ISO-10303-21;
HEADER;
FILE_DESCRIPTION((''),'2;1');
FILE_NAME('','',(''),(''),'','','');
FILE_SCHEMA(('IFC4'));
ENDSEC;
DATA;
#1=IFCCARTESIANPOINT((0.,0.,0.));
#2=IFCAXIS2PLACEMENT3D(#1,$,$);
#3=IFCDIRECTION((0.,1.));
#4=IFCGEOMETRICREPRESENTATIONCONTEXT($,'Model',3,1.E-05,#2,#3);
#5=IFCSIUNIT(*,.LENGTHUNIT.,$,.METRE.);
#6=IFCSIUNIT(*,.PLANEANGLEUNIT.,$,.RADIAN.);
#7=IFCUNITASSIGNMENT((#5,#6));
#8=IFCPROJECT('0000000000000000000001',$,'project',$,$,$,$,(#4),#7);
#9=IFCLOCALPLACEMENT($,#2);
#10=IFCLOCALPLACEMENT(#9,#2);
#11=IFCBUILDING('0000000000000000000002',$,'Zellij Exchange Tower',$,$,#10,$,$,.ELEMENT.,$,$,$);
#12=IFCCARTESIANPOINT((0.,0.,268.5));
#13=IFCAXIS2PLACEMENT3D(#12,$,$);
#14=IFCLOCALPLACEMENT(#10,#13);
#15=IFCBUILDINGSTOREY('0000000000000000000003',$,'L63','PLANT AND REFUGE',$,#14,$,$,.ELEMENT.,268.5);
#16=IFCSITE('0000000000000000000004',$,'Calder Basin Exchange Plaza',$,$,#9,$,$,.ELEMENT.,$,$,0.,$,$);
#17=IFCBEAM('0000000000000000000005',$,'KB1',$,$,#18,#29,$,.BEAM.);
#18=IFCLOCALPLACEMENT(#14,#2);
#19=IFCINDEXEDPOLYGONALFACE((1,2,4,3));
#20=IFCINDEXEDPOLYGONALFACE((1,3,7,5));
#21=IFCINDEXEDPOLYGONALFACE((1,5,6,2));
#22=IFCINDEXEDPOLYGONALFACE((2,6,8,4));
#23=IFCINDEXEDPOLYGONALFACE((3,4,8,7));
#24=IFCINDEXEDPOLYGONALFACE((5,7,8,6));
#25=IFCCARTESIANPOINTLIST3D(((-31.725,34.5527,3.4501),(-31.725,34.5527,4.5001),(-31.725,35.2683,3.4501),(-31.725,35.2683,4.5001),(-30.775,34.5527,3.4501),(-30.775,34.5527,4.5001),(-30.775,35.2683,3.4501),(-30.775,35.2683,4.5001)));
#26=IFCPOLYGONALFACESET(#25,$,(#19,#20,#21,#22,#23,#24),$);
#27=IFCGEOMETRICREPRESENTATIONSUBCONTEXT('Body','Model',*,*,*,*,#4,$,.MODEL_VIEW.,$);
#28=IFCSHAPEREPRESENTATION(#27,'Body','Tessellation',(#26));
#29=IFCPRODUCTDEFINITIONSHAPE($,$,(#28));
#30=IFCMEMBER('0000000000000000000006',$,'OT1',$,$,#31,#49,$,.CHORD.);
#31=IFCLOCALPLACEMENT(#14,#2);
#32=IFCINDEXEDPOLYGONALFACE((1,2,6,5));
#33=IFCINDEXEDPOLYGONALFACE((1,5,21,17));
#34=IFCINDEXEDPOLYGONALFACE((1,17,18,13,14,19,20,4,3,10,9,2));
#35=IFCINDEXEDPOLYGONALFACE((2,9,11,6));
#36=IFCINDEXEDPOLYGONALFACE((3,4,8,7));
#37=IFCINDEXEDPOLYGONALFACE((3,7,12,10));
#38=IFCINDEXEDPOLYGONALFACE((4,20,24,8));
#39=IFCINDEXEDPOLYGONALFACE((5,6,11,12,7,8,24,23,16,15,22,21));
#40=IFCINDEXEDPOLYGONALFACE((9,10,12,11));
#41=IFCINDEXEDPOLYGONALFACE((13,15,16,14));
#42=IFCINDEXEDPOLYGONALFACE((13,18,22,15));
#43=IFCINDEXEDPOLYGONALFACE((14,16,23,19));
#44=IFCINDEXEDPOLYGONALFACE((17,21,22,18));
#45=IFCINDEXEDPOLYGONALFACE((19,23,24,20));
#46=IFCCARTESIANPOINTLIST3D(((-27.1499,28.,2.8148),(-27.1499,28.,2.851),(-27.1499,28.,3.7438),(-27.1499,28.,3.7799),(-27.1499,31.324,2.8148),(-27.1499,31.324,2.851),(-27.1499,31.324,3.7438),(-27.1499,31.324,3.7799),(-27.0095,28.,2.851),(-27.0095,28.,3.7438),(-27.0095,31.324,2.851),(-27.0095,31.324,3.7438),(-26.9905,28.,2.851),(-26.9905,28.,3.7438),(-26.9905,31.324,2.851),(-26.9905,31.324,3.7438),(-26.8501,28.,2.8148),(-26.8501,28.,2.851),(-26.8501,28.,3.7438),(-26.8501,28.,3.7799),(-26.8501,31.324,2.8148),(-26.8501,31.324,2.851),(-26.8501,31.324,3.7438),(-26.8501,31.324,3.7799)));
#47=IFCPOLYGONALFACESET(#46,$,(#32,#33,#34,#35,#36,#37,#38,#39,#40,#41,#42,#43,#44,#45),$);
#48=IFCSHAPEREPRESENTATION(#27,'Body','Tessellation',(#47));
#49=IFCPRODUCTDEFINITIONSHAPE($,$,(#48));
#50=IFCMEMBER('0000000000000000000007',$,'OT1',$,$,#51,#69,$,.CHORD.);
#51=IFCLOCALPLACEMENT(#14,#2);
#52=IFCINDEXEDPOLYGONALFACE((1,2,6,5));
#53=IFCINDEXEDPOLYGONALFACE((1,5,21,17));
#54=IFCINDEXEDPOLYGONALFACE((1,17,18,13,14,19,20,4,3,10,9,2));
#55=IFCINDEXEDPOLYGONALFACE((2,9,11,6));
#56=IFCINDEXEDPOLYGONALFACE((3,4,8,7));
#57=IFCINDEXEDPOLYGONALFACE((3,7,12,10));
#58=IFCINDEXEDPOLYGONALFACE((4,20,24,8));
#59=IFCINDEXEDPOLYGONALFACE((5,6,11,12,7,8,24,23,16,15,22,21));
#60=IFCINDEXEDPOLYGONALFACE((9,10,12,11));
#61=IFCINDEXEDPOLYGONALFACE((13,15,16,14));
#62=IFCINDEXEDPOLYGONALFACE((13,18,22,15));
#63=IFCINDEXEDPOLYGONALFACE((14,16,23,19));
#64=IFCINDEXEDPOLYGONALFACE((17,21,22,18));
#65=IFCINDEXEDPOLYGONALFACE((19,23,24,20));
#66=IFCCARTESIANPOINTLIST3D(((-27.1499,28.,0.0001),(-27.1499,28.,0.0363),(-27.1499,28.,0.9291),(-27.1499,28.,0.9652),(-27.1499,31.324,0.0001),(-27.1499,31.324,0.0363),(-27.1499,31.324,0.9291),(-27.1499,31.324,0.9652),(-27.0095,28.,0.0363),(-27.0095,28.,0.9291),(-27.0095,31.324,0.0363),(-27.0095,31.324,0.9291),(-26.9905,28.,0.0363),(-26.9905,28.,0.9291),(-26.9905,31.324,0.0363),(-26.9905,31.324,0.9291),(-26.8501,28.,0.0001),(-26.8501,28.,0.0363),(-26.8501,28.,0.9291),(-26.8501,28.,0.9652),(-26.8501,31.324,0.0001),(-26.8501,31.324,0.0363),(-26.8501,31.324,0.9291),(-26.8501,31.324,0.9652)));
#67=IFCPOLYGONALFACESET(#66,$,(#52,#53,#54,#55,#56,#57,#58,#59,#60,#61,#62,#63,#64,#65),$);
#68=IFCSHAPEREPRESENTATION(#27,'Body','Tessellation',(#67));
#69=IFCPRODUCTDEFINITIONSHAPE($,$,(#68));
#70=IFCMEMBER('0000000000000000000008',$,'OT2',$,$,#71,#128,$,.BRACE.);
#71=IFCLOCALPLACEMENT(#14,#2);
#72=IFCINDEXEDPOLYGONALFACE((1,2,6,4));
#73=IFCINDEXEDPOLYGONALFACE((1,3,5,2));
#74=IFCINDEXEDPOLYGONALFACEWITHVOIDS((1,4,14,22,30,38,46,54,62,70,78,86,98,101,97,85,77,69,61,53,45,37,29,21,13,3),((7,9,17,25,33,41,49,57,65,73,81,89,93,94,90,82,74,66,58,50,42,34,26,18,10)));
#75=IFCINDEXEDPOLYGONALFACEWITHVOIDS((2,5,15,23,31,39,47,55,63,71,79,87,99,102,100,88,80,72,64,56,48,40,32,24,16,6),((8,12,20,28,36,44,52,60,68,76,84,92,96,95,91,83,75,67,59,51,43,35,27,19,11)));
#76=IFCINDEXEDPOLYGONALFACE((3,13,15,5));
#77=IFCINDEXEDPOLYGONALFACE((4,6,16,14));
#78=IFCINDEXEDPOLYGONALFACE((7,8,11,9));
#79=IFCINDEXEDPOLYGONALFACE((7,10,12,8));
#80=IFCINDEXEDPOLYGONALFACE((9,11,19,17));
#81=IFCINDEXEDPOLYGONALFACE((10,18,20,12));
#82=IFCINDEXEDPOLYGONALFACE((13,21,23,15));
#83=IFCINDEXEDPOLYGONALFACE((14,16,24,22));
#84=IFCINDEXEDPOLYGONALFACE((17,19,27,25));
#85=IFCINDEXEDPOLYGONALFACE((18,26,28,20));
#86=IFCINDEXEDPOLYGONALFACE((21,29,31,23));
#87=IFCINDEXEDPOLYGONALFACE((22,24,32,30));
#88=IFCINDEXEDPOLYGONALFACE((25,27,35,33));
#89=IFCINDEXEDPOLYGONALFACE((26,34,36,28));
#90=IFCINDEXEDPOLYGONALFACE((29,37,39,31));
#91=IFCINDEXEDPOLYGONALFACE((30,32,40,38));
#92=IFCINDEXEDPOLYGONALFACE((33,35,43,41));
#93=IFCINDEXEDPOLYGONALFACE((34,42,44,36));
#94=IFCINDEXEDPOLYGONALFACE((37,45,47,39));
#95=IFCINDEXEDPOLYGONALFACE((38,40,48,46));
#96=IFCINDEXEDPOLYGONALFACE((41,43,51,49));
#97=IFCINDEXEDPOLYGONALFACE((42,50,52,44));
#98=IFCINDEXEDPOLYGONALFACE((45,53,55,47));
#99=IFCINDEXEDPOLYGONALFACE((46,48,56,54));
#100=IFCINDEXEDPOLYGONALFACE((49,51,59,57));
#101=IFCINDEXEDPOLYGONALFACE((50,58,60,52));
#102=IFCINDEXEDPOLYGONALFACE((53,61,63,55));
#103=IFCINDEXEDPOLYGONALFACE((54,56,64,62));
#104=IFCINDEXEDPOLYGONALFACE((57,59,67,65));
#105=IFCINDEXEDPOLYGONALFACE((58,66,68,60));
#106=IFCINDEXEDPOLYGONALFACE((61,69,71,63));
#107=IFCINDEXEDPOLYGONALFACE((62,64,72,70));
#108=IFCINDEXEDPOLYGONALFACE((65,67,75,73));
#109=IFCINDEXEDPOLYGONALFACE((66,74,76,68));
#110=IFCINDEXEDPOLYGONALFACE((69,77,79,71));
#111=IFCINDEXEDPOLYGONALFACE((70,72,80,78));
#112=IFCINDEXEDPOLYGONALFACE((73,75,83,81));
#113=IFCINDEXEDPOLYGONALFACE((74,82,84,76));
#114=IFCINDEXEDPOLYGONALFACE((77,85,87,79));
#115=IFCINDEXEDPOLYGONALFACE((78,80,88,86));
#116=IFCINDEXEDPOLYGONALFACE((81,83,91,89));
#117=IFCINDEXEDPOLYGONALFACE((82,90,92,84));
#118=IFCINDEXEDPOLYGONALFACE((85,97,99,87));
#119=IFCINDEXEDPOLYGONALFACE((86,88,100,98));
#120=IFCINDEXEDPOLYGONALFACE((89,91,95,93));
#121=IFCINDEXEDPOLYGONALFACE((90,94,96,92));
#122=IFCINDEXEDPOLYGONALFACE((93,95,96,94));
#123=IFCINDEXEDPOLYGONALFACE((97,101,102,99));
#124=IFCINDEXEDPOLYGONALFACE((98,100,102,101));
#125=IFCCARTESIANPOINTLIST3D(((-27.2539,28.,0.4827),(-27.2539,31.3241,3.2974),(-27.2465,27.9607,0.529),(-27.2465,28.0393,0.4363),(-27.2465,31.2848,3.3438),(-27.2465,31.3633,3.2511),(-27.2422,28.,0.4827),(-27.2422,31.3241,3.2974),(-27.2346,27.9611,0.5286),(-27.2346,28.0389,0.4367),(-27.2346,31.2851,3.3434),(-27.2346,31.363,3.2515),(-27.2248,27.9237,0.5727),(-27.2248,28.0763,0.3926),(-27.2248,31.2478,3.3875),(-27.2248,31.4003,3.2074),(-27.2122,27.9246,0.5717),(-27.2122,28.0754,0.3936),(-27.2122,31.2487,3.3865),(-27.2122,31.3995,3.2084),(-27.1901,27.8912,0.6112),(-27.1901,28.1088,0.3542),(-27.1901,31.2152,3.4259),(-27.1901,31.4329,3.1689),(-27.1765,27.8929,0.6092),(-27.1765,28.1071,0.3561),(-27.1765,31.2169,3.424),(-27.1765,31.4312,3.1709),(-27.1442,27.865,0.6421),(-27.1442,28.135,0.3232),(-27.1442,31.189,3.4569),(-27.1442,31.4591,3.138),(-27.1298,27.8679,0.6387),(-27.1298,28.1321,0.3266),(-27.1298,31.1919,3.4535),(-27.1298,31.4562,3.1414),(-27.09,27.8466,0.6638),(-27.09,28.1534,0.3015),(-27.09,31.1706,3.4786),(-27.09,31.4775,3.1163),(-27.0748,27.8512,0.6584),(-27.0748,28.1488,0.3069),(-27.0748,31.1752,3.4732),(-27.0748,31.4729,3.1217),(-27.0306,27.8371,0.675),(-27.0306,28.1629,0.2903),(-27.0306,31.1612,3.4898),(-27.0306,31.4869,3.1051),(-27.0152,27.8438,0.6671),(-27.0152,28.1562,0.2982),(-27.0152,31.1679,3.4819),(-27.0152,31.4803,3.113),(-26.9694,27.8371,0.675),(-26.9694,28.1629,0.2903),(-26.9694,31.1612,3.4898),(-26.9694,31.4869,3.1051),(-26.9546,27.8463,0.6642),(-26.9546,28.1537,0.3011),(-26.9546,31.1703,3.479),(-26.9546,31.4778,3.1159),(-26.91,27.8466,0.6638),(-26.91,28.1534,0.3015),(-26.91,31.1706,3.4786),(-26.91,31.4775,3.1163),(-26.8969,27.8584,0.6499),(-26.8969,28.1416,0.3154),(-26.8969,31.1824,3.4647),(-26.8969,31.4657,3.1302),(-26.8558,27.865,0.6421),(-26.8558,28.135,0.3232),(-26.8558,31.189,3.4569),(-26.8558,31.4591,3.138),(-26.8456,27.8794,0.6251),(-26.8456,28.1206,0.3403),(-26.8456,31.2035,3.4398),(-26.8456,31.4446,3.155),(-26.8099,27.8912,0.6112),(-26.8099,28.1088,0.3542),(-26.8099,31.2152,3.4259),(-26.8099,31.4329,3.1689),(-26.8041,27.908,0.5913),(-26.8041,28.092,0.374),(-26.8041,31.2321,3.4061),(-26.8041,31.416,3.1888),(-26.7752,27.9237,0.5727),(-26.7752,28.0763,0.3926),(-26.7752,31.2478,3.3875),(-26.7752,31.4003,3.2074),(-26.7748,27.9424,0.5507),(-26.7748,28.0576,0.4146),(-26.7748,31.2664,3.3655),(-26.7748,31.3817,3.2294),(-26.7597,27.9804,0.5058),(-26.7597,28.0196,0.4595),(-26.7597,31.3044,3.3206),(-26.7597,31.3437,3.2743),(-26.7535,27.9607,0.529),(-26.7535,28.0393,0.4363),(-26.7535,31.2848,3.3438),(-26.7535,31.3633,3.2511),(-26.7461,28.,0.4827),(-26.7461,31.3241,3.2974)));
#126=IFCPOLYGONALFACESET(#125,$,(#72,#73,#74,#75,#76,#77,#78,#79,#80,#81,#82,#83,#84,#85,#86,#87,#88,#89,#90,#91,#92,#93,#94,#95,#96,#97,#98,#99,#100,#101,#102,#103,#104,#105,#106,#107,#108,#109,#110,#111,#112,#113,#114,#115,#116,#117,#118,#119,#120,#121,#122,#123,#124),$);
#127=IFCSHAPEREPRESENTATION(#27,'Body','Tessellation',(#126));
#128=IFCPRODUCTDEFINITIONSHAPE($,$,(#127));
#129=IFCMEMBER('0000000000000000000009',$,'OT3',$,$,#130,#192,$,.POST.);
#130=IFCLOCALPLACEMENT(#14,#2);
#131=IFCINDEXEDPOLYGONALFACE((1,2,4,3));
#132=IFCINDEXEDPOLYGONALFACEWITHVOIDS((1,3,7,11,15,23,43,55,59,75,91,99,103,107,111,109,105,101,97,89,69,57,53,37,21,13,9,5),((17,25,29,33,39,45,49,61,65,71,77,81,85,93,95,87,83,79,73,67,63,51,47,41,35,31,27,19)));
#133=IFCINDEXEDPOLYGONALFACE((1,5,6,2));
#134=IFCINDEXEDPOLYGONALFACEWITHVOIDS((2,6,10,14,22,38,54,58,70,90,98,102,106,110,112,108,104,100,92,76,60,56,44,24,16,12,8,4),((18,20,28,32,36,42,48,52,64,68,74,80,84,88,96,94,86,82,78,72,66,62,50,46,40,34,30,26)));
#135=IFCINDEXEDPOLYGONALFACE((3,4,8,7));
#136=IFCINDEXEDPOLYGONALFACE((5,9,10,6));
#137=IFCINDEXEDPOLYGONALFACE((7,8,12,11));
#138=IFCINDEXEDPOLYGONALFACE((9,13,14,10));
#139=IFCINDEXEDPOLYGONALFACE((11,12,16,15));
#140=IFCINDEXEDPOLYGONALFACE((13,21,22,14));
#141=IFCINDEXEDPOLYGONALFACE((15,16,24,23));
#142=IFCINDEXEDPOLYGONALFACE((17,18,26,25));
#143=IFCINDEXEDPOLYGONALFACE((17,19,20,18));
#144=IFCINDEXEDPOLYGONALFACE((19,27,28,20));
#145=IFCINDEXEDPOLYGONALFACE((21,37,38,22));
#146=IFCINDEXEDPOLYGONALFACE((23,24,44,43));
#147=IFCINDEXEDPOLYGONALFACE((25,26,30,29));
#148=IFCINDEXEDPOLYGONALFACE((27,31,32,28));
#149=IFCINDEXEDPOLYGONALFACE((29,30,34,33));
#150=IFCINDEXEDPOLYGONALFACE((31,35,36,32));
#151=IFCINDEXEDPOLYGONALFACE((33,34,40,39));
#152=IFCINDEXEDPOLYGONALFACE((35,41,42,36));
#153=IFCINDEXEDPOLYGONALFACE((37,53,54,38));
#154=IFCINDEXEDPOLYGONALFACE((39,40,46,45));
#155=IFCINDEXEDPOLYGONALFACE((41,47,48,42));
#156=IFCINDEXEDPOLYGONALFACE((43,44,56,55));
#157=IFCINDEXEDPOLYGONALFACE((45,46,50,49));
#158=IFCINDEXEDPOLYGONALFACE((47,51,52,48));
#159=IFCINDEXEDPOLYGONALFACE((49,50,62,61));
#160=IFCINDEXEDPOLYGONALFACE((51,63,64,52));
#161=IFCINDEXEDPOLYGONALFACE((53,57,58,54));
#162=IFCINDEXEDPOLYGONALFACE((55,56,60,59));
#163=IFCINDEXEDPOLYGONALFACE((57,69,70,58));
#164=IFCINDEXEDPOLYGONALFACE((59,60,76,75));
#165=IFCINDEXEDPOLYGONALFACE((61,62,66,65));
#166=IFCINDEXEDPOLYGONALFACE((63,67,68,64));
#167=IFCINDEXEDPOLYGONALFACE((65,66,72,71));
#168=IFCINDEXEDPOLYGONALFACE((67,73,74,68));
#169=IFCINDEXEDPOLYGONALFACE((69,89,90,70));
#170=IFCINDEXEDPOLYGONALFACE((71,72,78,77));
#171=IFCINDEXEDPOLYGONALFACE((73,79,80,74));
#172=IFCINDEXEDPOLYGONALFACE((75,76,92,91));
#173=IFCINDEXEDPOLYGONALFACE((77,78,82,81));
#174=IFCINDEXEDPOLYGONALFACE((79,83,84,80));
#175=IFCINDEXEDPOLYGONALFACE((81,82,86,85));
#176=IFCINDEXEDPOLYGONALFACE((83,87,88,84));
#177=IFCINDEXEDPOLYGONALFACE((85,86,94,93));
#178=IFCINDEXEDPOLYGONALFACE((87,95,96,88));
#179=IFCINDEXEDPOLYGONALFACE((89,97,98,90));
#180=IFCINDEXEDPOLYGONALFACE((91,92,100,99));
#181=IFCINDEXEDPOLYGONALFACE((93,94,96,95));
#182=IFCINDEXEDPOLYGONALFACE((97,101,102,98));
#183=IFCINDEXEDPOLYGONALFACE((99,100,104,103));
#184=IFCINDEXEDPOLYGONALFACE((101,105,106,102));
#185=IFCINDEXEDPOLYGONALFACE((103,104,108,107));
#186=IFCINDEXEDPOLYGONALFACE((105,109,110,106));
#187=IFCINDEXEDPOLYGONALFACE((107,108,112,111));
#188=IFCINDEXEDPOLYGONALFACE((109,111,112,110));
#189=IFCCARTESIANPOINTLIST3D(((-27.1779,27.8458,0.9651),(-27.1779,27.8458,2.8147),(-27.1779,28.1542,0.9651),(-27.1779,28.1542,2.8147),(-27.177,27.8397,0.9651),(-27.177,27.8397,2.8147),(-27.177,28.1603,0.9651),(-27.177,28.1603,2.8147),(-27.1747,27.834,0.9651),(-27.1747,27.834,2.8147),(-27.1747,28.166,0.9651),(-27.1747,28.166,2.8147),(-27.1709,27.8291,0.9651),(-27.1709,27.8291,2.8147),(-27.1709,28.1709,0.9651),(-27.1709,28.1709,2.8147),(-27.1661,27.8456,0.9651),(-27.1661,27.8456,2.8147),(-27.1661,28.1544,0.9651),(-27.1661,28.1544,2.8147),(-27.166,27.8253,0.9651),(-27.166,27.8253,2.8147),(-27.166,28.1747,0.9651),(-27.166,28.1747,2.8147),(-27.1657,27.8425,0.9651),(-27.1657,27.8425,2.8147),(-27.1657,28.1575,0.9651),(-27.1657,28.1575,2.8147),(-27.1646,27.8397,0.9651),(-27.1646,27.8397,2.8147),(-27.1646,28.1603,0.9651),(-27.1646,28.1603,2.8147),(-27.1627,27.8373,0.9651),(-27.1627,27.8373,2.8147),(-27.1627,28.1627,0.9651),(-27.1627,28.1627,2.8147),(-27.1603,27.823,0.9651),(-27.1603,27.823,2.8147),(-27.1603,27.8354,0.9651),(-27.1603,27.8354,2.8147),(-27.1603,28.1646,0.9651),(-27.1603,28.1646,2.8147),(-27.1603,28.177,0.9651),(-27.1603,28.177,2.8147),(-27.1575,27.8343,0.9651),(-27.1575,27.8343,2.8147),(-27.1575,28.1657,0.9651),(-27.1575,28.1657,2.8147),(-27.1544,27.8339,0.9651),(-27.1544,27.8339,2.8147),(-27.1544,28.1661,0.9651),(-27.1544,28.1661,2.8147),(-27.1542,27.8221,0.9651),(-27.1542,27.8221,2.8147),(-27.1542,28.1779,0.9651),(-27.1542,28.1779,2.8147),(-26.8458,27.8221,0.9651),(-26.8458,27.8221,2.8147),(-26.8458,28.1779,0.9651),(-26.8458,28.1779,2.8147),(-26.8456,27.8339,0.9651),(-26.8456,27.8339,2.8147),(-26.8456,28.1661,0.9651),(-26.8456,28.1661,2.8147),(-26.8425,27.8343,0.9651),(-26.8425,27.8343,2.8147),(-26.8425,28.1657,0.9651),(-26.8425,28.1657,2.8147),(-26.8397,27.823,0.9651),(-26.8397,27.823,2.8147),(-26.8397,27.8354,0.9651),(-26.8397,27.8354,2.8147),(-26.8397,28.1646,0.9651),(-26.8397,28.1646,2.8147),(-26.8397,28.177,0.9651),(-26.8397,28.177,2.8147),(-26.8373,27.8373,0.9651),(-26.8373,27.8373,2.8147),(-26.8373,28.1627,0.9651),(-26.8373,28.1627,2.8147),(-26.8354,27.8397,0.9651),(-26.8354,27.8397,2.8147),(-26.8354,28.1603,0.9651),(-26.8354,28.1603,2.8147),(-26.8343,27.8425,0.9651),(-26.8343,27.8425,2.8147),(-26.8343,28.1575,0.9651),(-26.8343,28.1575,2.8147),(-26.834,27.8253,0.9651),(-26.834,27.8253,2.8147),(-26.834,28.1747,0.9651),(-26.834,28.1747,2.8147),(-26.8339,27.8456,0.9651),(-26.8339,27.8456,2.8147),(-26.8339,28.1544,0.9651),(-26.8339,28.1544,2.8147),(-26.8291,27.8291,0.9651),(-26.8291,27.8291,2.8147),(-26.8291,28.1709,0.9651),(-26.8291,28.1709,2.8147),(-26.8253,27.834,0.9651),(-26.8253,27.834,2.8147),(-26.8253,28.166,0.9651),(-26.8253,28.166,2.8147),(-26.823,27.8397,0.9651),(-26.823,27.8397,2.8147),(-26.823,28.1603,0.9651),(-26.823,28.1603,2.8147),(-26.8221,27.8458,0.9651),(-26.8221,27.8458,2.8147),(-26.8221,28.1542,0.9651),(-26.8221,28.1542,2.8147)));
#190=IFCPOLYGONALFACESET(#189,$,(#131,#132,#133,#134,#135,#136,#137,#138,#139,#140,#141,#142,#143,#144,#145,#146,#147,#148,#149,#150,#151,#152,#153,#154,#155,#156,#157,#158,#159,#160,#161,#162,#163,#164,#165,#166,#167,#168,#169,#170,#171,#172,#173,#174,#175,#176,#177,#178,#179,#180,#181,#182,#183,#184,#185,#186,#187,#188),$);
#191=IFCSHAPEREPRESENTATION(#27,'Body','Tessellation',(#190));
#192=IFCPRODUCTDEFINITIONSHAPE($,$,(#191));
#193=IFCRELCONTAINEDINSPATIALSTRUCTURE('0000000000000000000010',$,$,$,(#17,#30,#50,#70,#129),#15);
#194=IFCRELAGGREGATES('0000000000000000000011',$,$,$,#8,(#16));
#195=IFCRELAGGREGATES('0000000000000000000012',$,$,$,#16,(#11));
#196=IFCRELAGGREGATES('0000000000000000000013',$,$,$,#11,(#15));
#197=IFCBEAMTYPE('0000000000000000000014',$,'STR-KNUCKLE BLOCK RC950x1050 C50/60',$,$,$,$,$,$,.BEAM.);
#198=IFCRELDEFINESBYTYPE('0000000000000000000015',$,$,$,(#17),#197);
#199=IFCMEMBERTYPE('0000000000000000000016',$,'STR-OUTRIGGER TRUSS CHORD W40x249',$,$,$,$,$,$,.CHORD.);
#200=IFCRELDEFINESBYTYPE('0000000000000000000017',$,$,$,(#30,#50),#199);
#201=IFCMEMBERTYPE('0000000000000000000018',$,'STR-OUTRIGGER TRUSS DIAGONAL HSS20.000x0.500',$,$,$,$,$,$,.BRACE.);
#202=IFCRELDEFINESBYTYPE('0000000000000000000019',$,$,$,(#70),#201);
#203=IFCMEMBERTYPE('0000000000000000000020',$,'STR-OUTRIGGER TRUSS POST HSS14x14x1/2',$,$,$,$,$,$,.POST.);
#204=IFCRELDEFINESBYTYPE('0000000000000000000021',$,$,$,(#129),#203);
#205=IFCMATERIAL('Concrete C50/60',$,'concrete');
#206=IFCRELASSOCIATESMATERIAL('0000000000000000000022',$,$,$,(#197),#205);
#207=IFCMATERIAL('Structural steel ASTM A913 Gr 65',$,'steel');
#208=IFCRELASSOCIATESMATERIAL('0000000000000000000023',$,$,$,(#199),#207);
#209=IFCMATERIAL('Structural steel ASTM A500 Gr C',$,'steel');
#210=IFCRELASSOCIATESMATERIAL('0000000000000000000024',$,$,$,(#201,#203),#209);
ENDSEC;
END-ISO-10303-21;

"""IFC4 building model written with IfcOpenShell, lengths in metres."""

from ifc_helpers import new_model, si_unit, direction, frame, origin, origin_2d, place, context, subcontext, project, spatial, rectangle, hollow_rectangle, hollow_circle, i_section, extrude, material, material_profile, profile_set, type_object, element, save


model = new_model("IFC4")

# Units and contexts
model_context = context("Model", 3, precision=1e-05, world=origin(), true_north=direction((0.0, 1.0)))
body_context = subcontext(model_context, "Body", "Model", "MODEL_VIEW")
ifc_project = project(units=[si_unit("LENGTHUNIT", "METRE"), si_unit("PLANEANGLEUNIT", "RADIAN")], contexts=[model_context])

# Site, building, storey
site_placement = place(None, origin())
site = spatial("IfcSite", under=ifc_project, at=site_placement, Name="Calder Basin Exchange Plaza", CompositionType="ELEMENT", RefElevation=0.0)
building_placement = place(site_placement, origin())
building = spatial("IfcBuilding", under=site, at=building_placement, Name="Zellij Exchange Tower", CompositionType="ELEMENT")
storey_placement = place(building_placement, frame((0.0, 0.0, 268.5)))
storey = spatial("IfcBuildingStorey", under=building, at=storey_placement, Name="L63", Description="PLANT AND REFUGE", CompositionType="ELEMENT", Elevation=268.5)

# Shared definitions
ifc_material_1 = material(Name="Concrete C50/60", Category="concrete")

# Shared definitions
ifc_material_2 = material(Name="Structural steel ASTM A500 Gr C", Category="steel")

# Beam
ifc_material_profile_1 = material_profile(ifc_material_1, rectangle(XDim=0.95, YDim=1.05, at=origin_2d()), Name="STR-KNUCKLE BLOCK RC950x1050 C50/60")
ifc_profile_set_1 = profile_set([ifc_material_profile_1], Name="Concrete C50/60")
beam_type = type_object("IfcBeamType", Name="STR-KNUCKLE BLOCK RC950x1050 C50/60", PredefinedType="BEAM", material=ifc_profile_set_1)
beam_placement = place(storey_placement, frame((-31.25, 34.5527, 3.9751), z_axis=(0.0, 1.0, 0.0), x_axis=(-1.0, 0.0, 0.0)))
element("IfcBeam", 1, at=beam_placement, inside=storey, type_object=beam_type, Name="KB1", PredefinedType="BEAM", context=body_context, shape_type="SweptSolid", body=[
    extrude(rectangle(XDim=0.95, YDim=1.05, at=origin_2d()), origin(), (0.0, 0.0, 1.0), 0.7156),
])

# Members
ifc_material_3 = material(Name="Structural steel ASTM A913 Gr 65", Category="steel")
ifc_material_profile_2 = material_profile(ifc_material_3, i_section(OverallWidth=0.2998, OverallDepth=0.9651, WebThickness=0.019, FlangeThickness=0.0361, at=origin_2d()), Name="W40x249")
ifc_profile_set_2 = profile_set([ifc_material_profile_2], Name="Structural steel ASTM A913 Gr 65")
member_type_1 = type_object("IfcMemberType", Name="STR-OUTRIGGER TRUSS CHORD W40x249", PredefinedType="CHORD", material=ifc_profile_set_2)
for number, where, z_axis, x_axis, name in (
    (2, (-27.0, 28.0, 3.2974), (0.0, 1.0, 0.0), (-1.0, 0.0, 0.0), "OT1"),
    (3, (-27.0, 28.0, 0.4827), (0.0, 1.0, 0.0), (-1.0, 0.0, 0.0), "OT1"),
):
    element("IfcMember", number, at=place(storey_placement, frame(where, z_axis=z_axis, x_axis=x_axis)), inside=storey, type_object=member_type_1, Name=name, PredefinedType="CHORD", context=body_context, shape_type="SweptSolid", body=[
        extrude(i_section(OverallWidth=0.2998, OverallDepth=0.9651, WebThickness=0.019, FlangeThickness=0.0361, at=origin_2d()), origin(), (0.0, 0.0, 1.0), 3.324),
    ])
ifc_material_profile_3 = material_profile(ifc_material_2, hollow_circle(Radius=0.2539, WallThickness=0.0117, at=origin_2d()), Name="STR-OUTRIGGER TRUSS DIAGONAL HSS20.000x0.500")
ifc_profile_set_3 = profile_set([ifc_material_profile_3], Name="Structural steel ASTM A500 Gr C")
member_type_2 = type_object("IfcMemberType", Name="STR-OUTRIGGER TRUSS DIAGONAL HSS20.000x0.500", PredefinedType="BRACE", material=ifc_profile_set_3)
member_1_placement = place(storey_placement, frame((-27.0, 28.0, 0.4827), z_axis=(0.0, 0.763148, 0.646224), x_axis=(-1.0, 0.0, 0.0)))
element("IfcMember", 4, at=member_1_placement, inside=storey, type_object=member_type_2, Name="OT2", PredefinedType="BRACE", context=body_context, shape_type="SweptSolid", body=[
    extrude(hollow_circle(Radius=0.2539, WallThickness=0.0117, at=origin_2d()), origin(), (0.0, 0.0, 1.0), 4.3557),
])
ifc_material_profile_4 = material_profile(ifc_material_2, hollow_rectangle(XDim=0.3557, YDim=0.3557, WallThickness=0.0117, InnerFilletRadius=0.0117, OuterFilletRadius=0.0237, at=origin_2d()), Name="STR-OUTRIGGER TRUSS POST HSS14x14x1/2")
ifc_profile_set_4 = profile_set([ifc_material_profile_4], Name="Structural steel ASTM A500 Gr C")
member_type_3 = type_object("IfcMemberType", Name="STR-OUTRIGGER TRUSS POST HSS14x14x1/2", PredefinedType="POST", material=ifc_profile_set_4)
member_2_placement = place(storey_placement, frame((-27.0, 28.0, 0.9651), z_axis=(0.0, 0.0, 1.0), x_axis=(1.0, 0.0, 0.0)))
element("IfcMember", 5, at=member_2_placement, inside=storey, type_object=member_type_3, Name="OT3", PredefinedType="POST", context=body_context, shape_type="SweptSolid", body=[
    extrude(hollow_rectangle(XDim=0.3557, YDim=0.3557, WallThickness=0.0117, InnerFilletRadius=0.0117, OuterFilletRadius=0.0237, at=origin_2d()), origin(), (0.0, 0.0, 1.0), 1.8496),
])

save(model, "model.ifc")
